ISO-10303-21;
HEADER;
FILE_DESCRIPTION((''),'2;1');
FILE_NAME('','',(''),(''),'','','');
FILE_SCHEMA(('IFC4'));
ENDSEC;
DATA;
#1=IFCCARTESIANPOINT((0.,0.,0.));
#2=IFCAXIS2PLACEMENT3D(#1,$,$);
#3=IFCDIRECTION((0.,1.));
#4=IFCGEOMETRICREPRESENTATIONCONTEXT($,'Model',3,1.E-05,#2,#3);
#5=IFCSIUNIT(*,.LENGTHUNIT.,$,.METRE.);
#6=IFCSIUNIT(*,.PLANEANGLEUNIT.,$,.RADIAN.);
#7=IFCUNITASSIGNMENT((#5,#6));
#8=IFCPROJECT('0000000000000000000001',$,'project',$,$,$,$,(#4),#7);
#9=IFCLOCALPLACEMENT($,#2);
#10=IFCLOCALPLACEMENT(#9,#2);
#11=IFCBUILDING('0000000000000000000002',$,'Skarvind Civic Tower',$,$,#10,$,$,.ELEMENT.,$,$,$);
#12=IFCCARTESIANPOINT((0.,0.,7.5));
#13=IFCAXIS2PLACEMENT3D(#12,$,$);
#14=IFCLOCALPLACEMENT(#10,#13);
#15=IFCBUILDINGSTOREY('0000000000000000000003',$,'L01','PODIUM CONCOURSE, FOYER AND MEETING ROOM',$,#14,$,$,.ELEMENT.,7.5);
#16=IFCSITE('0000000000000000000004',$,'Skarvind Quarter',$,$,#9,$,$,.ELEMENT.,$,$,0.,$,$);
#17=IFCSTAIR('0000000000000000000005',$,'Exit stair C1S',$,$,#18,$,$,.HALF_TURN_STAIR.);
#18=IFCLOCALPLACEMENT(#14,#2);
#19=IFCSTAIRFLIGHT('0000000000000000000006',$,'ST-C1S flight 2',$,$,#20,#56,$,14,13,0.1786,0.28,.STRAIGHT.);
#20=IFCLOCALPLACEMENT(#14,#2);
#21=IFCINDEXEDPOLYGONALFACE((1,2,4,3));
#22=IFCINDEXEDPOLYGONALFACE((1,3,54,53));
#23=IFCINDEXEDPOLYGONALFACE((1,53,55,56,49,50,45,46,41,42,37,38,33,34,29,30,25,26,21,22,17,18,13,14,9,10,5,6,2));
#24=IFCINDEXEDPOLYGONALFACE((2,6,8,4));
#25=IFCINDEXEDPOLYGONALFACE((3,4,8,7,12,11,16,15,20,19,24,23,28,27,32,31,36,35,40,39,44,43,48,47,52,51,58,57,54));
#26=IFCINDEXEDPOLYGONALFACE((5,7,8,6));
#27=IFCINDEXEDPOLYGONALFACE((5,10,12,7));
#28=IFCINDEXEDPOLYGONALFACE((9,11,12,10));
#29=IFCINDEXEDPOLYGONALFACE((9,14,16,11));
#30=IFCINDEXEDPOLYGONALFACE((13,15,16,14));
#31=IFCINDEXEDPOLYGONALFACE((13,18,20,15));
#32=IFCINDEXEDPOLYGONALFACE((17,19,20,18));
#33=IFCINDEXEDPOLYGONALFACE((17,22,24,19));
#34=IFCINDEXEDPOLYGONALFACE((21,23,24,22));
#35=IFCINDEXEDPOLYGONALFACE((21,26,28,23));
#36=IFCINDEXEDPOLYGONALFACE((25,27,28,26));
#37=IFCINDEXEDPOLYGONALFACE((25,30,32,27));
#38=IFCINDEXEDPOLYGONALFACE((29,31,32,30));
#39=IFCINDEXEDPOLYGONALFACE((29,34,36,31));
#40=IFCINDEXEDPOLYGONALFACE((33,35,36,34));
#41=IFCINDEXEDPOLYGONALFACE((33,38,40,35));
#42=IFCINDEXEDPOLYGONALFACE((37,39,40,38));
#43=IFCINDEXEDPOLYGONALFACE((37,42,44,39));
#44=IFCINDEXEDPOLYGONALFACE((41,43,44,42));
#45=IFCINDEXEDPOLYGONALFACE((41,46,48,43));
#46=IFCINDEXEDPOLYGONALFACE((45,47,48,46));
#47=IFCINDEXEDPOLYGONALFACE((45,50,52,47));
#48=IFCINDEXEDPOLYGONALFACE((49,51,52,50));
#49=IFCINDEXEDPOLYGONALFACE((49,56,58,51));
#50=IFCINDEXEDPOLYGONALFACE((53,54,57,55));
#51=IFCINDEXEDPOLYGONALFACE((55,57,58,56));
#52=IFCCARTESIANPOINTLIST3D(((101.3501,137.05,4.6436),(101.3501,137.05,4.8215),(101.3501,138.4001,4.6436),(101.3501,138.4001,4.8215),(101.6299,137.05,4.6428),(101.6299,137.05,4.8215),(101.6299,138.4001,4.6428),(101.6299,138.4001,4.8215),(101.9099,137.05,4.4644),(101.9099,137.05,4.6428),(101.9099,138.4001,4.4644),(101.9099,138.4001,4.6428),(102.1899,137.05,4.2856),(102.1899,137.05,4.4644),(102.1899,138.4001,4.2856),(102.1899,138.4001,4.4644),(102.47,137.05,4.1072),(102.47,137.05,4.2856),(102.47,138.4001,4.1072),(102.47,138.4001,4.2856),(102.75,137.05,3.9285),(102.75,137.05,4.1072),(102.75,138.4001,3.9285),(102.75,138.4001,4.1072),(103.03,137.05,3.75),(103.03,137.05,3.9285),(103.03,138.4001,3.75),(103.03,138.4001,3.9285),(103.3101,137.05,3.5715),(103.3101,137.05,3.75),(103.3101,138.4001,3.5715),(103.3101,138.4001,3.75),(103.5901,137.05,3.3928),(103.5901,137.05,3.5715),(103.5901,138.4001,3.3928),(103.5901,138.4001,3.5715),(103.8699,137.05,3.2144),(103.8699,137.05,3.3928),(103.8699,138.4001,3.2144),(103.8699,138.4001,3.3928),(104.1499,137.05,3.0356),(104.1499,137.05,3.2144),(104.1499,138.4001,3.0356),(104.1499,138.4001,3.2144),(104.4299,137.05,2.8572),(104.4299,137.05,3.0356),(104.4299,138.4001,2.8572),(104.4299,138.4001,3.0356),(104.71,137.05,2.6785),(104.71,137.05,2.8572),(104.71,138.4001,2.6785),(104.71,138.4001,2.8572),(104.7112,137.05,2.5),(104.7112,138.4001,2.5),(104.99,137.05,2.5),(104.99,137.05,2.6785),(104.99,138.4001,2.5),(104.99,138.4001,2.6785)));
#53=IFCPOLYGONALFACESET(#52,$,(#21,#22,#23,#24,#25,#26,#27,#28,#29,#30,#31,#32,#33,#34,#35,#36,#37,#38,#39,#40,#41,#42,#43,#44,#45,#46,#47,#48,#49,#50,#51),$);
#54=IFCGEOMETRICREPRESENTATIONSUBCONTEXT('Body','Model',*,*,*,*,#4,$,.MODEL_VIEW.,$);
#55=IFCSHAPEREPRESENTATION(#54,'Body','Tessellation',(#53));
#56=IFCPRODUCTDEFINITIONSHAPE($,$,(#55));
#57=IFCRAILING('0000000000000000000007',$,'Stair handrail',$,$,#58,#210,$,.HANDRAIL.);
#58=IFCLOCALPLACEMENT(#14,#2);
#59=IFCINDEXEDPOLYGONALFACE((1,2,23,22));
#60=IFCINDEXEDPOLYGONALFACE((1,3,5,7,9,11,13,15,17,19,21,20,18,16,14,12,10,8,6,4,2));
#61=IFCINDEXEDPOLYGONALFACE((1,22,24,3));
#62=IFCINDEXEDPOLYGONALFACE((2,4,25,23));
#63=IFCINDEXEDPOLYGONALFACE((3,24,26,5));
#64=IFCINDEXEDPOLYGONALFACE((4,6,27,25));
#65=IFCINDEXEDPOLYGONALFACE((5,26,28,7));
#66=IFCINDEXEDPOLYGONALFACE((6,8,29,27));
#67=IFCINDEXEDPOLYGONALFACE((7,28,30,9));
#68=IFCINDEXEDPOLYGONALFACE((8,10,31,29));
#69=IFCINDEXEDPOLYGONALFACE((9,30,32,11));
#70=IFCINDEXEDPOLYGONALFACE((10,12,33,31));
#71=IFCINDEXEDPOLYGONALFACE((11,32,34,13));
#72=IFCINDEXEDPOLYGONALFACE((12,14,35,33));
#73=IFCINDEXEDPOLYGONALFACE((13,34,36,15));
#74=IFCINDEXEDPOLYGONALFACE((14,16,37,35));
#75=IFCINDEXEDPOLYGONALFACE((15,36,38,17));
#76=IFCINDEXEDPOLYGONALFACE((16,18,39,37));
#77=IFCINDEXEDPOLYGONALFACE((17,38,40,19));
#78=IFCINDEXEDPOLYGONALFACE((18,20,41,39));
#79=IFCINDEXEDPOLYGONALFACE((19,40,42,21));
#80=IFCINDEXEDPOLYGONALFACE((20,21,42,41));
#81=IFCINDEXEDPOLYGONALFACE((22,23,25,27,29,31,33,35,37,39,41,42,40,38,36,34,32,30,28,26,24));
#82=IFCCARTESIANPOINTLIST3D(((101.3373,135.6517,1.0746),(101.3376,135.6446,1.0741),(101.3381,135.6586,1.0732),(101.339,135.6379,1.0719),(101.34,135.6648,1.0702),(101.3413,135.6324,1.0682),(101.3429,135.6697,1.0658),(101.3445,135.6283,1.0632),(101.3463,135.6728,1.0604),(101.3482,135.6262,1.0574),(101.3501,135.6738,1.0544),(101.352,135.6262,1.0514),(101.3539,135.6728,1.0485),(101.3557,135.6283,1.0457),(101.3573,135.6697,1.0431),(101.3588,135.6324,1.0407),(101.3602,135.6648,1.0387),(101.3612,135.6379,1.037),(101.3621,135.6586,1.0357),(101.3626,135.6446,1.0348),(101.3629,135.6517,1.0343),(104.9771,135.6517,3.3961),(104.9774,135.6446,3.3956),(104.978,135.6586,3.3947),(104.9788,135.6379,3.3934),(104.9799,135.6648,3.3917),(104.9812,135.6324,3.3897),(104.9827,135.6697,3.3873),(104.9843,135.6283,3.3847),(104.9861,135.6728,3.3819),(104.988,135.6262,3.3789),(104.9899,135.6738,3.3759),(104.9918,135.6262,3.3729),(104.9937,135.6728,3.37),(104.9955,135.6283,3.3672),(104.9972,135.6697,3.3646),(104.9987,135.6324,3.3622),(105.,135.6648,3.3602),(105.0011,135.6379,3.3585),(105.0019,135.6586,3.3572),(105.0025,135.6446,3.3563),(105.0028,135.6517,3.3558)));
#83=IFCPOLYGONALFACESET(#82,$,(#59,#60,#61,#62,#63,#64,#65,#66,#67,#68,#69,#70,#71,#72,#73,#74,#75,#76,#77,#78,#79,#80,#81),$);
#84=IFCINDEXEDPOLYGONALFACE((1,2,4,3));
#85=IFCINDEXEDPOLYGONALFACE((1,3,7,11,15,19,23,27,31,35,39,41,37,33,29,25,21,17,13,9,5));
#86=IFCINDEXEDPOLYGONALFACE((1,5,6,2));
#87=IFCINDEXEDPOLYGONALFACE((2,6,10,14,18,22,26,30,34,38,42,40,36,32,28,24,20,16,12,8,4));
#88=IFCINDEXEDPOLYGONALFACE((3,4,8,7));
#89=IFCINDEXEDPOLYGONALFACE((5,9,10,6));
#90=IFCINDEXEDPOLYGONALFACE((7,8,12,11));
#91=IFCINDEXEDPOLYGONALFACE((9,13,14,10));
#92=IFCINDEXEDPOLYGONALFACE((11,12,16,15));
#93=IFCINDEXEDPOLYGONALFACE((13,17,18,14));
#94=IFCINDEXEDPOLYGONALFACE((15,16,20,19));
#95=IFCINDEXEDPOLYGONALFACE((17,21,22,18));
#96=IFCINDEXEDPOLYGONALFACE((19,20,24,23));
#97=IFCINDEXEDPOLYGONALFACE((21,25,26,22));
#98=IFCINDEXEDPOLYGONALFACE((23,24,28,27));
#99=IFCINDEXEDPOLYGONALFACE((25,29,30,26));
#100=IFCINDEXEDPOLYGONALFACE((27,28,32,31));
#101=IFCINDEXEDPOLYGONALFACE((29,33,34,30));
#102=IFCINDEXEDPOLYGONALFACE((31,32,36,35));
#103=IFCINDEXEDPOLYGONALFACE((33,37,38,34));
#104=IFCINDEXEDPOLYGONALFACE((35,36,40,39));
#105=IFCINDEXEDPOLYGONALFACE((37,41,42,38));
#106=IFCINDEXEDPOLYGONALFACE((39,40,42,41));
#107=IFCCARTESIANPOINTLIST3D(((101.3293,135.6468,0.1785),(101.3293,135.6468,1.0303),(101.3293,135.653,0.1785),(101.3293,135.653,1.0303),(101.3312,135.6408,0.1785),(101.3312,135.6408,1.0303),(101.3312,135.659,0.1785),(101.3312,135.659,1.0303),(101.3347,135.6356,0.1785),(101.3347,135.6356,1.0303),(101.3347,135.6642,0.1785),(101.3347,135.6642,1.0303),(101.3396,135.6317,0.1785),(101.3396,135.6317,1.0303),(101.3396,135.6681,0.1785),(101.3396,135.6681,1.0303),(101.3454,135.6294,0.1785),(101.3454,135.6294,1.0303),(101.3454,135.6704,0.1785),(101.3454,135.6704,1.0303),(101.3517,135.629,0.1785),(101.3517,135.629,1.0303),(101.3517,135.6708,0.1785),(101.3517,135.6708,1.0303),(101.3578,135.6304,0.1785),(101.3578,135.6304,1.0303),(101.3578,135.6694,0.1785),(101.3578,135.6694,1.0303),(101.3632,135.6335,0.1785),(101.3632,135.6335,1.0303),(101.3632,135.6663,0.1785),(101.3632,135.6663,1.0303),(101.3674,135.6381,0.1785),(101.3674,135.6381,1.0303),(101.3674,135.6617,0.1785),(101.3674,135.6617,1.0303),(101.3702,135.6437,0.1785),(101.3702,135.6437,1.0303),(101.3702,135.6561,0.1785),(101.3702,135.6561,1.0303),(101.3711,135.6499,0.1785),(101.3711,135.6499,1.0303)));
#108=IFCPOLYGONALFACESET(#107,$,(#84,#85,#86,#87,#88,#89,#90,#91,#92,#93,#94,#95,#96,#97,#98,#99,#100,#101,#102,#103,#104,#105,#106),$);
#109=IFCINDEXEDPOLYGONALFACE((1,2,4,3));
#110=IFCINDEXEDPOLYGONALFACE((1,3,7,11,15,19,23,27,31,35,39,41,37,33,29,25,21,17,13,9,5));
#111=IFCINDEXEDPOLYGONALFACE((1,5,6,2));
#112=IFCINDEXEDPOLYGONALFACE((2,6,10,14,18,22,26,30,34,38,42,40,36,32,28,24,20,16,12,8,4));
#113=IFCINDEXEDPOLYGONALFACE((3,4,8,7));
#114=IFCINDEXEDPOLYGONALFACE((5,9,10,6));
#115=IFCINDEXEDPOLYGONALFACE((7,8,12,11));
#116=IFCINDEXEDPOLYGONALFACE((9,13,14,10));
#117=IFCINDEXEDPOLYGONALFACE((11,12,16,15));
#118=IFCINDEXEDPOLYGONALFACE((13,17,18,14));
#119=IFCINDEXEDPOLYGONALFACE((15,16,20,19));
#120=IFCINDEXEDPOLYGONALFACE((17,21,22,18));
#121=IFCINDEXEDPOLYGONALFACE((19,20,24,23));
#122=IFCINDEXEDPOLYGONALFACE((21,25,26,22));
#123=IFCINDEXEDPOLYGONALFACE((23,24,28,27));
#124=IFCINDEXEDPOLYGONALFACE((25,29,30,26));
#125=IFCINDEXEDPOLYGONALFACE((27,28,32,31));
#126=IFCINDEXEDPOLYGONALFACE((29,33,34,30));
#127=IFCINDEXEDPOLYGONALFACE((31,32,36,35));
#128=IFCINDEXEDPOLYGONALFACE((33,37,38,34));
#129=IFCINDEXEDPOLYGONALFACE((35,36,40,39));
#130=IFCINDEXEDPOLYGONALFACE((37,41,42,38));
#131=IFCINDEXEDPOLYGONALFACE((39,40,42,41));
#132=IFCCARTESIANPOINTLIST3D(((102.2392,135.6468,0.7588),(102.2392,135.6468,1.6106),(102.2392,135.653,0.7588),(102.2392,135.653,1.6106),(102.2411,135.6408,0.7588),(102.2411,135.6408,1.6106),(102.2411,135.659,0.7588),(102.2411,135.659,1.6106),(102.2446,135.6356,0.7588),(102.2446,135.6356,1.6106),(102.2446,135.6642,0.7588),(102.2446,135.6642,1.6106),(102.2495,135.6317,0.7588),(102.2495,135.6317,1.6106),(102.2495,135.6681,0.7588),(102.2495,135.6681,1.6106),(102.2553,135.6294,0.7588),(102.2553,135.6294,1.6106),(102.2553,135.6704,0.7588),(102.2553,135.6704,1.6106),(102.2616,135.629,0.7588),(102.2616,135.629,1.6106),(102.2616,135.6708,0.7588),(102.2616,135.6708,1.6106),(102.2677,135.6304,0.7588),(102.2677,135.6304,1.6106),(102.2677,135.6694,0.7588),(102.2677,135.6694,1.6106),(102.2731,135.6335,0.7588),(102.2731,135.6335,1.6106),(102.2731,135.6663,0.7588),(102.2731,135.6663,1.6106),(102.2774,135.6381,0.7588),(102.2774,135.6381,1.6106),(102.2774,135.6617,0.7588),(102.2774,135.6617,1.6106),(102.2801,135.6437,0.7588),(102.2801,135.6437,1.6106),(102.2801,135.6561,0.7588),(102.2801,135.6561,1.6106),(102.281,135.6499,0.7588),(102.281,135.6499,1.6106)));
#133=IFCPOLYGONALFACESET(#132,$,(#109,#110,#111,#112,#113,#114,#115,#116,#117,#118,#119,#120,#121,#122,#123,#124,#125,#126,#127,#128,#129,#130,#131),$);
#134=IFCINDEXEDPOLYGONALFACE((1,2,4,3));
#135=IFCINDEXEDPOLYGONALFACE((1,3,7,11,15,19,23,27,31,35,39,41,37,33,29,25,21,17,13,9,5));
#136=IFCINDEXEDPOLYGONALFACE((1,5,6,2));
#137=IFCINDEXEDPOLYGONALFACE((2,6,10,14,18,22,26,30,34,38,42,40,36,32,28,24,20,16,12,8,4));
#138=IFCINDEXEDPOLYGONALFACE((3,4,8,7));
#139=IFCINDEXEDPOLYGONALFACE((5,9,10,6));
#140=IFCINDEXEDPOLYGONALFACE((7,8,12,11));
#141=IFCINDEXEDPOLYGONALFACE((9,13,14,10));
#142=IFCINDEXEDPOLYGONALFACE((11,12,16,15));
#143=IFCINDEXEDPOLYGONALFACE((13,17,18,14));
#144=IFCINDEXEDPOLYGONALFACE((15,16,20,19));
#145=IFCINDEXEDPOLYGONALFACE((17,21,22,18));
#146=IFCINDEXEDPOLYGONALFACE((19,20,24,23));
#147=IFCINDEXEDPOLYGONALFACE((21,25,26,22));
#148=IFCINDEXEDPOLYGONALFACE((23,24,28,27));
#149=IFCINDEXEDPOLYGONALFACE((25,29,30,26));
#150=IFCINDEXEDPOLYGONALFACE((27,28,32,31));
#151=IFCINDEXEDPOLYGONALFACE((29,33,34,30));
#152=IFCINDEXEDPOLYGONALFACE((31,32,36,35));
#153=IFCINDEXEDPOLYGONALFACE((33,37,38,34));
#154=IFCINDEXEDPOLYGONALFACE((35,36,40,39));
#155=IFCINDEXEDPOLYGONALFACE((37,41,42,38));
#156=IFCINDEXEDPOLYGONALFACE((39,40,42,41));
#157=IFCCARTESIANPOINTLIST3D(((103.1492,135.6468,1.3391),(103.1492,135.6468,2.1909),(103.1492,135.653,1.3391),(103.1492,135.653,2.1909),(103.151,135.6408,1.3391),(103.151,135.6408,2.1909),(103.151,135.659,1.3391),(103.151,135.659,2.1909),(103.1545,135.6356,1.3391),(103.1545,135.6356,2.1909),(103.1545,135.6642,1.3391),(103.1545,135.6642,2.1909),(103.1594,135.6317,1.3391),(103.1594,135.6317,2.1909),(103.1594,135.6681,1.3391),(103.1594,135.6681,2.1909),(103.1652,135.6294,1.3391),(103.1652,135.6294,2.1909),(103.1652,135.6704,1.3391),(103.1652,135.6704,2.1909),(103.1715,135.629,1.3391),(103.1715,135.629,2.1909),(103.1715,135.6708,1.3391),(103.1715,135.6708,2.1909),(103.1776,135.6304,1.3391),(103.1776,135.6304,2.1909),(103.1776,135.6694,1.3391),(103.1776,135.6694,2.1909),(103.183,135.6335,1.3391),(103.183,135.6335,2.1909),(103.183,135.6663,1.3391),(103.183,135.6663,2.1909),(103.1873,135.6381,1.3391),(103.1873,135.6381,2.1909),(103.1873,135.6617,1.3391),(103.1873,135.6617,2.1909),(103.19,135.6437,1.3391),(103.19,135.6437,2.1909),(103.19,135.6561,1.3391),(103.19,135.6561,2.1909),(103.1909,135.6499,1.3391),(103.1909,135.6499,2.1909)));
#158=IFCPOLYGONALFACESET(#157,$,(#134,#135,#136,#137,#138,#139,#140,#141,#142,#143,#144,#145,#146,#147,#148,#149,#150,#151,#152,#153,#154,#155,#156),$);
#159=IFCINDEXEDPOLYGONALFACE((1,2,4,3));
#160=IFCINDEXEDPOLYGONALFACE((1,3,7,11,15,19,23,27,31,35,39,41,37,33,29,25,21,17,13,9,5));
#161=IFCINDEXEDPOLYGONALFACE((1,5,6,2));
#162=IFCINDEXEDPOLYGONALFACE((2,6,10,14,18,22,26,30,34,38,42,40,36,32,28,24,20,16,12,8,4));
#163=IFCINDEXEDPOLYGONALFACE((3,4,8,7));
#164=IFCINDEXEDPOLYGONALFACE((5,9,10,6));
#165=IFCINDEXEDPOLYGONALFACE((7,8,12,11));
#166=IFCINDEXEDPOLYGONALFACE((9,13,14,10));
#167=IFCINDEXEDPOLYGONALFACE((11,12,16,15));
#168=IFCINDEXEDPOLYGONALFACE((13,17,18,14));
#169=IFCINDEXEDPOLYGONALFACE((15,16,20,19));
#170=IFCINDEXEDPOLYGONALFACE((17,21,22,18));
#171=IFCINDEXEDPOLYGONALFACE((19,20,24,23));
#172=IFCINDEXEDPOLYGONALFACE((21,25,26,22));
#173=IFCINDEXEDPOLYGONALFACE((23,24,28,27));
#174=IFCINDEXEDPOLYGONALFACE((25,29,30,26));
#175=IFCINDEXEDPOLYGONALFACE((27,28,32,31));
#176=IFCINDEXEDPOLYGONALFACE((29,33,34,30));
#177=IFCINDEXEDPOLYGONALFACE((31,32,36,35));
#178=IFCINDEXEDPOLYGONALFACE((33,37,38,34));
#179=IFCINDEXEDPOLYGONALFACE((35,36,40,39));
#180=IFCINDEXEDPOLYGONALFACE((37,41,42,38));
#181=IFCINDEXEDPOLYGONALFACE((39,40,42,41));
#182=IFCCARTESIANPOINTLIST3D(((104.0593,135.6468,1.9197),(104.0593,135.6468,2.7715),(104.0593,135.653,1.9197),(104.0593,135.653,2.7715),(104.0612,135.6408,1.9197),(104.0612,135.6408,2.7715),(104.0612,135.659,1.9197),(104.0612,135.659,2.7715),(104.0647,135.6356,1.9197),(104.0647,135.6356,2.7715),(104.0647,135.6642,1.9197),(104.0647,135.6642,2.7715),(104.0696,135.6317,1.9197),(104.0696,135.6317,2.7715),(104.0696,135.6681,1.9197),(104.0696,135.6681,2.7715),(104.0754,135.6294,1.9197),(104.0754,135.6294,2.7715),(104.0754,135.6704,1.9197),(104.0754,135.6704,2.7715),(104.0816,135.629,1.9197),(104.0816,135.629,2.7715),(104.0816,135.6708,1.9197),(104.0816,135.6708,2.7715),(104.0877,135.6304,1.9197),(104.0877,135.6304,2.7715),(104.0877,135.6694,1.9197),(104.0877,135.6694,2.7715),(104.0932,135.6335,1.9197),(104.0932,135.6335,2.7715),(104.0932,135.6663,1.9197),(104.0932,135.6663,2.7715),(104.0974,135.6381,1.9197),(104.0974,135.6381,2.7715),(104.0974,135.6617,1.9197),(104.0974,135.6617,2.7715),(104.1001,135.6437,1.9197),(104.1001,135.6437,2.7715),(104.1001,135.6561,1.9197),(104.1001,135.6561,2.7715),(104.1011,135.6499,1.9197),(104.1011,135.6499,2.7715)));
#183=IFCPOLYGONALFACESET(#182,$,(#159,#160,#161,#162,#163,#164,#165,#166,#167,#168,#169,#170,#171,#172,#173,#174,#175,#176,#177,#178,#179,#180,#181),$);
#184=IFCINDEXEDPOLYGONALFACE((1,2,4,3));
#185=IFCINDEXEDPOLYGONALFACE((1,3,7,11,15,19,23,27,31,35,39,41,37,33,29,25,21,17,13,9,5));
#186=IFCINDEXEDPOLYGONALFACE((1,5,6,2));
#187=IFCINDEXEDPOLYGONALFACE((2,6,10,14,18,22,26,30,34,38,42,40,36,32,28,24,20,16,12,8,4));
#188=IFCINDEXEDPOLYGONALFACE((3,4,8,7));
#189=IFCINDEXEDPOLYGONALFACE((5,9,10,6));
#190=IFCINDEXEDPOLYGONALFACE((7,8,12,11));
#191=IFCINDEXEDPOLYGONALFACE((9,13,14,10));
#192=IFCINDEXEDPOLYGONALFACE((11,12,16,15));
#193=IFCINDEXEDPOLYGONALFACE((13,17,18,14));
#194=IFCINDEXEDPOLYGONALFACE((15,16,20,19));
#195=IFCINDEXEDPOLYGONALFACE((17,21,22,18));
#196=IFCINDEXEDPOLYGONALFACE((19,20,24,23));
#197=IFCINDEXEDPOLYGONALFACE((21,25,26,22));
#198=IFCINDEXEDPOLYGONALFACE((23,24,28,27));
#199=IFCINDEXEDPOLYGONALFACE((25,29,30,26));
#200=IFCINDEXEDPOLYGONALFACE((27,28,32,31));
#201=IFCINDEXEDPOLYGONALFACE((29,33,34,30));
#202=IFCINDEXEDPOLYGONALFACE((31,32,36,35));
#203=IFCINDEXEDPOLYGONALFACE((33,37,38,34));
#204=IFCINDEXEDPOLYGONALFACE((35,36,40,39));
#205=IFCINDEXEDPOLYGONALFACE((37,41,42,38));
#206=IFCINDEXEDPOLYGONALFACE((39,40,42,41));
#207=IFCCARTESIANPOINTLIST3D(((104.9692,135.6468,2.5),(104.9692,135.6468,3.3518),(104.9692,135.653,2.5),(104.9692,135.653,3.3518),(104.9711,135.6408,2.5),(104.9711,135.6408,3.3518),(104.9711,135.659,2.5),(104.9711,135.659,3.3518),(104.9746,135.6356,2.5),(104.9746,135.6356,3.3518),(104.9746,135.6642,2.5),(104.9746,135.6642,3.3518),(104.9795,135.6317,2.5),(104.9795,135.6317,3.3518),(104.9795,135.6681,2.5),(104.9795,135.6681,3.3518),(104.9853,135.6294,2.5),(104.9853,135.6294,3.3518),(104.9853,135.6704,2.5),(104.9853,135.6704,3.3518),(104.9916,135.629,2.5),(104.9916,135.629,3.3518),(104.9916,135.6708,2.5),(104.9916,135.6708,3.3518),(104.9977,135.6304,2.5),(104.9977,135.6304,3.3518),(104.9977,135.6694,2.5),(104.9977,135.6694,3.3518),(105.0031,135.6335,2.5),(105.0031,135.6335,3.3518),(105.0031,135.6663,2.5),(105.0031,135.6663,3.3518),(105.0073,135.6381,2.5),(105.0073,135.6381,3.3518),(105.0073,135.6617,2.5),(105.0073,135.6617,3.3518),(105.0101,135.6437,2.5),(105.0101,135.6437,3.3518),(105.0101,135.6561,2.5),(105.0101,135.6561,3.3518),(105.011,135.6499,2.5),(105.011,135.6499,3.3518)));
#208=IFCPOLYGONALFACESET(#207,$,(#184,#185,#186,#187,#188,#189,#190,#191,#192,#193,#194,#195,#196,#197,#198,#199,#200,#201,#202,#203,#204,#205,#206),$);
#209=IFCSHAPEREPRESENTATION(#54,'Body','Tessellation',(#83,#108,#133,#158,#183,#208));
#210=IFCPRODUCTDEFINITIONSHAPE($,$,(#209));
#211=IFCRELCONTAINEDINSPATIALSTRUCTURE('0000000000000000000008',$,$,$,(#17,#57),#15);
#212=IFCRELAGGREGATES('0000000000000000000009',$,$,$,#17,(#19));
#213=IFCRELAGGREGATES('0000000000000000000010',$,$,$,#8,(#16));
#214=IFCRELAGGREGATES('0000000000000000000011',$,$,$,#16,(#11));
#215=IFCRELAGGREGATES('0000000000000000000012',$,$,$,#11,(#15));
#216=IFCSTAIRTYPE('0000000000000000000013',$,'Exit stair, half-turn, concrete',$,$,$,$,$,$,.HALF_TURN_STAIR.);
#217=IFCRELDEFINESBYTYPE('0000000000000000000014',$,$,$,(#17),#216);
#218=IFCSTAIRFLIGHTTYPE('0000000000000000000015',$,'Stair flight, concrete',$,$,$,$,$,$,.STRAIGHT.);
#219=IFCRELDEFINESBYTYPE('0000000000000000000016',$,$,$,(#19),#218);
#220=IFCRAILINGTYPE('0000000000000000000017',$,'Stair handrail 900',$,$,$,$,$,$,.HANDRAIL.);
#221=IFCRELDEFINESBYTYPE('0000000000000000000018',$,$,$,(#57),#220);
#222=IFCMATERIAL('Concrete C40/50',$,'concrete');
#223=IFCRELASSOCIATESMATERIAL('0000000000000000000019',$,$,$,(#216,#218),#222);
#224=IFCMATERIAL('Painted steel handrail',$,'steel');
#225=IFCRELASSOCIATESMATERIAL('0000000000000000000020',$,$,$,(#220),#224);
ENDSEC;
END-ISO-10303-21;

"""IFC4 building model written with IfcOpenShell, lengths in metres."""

from ifc_helpers import new_model, si_unit, direction, frame, origin, origin_2d, place, context, subcontext, project, spatial, polyline, circle, outline, extrude, material, type_object, element, aggregate, save


model = new_model("IFC4")

# Units and contexts
model_context = context("Model", 3, precision=1e-05, world=origin(), true_north=direction((0.0, 1.0)))
body_context = subcontext(model_context, "Body", "Model", "MODEL_VIEW")
ifc_project = project(units=[si_unit("LENGTHUNIT", "METRE"), si_unit("PLANEANGLEUNIT", "RADIAN")], contexts=[model_context])

# Site, building, storey
site_placement = place(None, origin())
site = spatial("IfcSite", under=ifc_project, at=site_placement, Name="Skarvind Quarter", CompositionType="ELEMENT", RefElevation=0.0)
building_placement = place(site_placement, origin())
building = spatial("IfcBuilding", under=site, at=building_placement, Name="Skarvind Civic Tower", CompositionType="ELEMENT")
storey_placement = place(building_placement, frame((0.0, 0.0, 7.5)))
storey = spatial("IfcBuildingStorey", under=building, at=storey_placement, Name="L01", Description="PODIUM CONCOURSE, FOYER AND MEETING ROOM", CompositionType="ELEMENT", Elevation=7.5)

# Stair, stair flight
ifc_material_1 = material(Name="Concrete C40/50", Category="concrete")
stair_type = type_object("IfcStairType", Name="Exit stair, half-turn, concrete", PredefinedType="HALF_TURN_STAIR", material=ifc_material_1)
stair_placement = place(storey_placement, origin())
stair = element("IfcStair", 1, at=stair_placement, inside=storey, type_object=stair_type, Name="Exit stair C1S", PredefinedType="HALF_TURN_STAIR")
stair_flight_type = type_object("IfcStairFlightType", Name="Stair flight, concrete", PredefinedType="STRAIGHT", material=ifc_material_1)
stair_flight_1_placement = place(storey_placement, frame((104.99, 137.7251, 2.5), z_axis=(0.0, 0.0, 1.0), x_axis=(-1.0, 0.0, 0.0)))
stair_flight_1 = element("IfcStairFlight", 2, at=stair_flight_1_placement, type_object=stair_flight_type, Name="ST-C1S flight 2", NumberOfRisers=14, NumberOfTreads=13, PredefinedType="STRAIGHT", RiserHeight=0.1786, TreadLength=0.28, context=body_context, shape_type="SweptSolid", body=[
    extrude(outline(polyline([(0.0, 0.0), (0.0, 0.1785), (0.28, 0.1785), (0.28, 0.3572), (0.5601, 0.3572), (0.5601, 0.5356), (0.8401, 0.5356), (0.8401, 0.7144), (1.1201, 0.7144), (1.1201, 0.8928), (1.3999, 0.8928), (1.3999, 1.0715), (1.6799, 1.0715), (1.6799, 1.25), (1.96, 1.25), (1.96, 1.4285), (2.24, 1.4285), (2.24, 1.6072), (2.52, 1.6072), (2.52, 1.7856), (2.8, 1.7856), (2.8, 1.9644), (3.0801, 1.9644), (3.0801, 2.1428), (3.3601, 2.1428), (3.3601, 2.3215), (3.6399, 2.3215), (3.6399, 2.5), (3.6399, 2.1436), (0.2788, 0.0), (0.0, 0.0)])), frame((0.0, 0.675, 0.0), z_axis=(0.0, -1.0, 0.0), x_axis=(1.0, 0.0, 0.0)), (0.0, 0.0, 1.0), 1.3501),
])
aggregate(stair, [stair_flight_1])

# Railing
ifc_material_2 = material(Name="Painted steel handrail", Category="steel")
railing_type = type_object("IfcRailingType", Name="Stair handrail 900", PredefinedType="HANDRAIL", material=ifc_material_2)
railing_1_placement = place(storey_placement, frame((101.3501, 135.6499, 0.1785)))
element("IfcRailing", 3, at=railing_1_placement, inside=storey, type_object=railing_type, Name="Stair handrail", PredefinedType="HANDRAIL", context=body_context, shape_type="SweptSolid", body=[
    extrude(circle(Radius=0.0239, at=origin_2d()), frame((0.0, 0.0, 0.876), z_axis=(0.843112, 0.0, 0.537739), x_axis=(0.0, 1.0, 0.0)), (0.0, 0.0, 1.0), 4.3171),
    extrude(circle(Radius=0.021, at=origin_2d()), origin(), (0.0, 0.0, 1.0), 0.8518),
    extrude(circle(Radius=0.021, at=origin_2d()), frame((0.9099, 0.0, 0.5803)), (0.0, 0.0, 1.0), 0.8518),
    extrude(circle(Radius=0.021, at=origin_2d()), frame((1.8198, 0.0, 1.1606)), (0.0, 0.0, 1.0), 0.8518),
    extrude(circle(Radius=0.021, at=origin_2d()), frame((2.73, 0.0, 1.7412)), (0.0, 0.0, 1.0), 0.8518),
    extrude(circle(Radius=0.021, at=origin_2d()), frame((3.6399, 0.0, 2.3215)), (0.0, 0.0, 1.0), 0.8518),
])

save(model, "model.ifc")
